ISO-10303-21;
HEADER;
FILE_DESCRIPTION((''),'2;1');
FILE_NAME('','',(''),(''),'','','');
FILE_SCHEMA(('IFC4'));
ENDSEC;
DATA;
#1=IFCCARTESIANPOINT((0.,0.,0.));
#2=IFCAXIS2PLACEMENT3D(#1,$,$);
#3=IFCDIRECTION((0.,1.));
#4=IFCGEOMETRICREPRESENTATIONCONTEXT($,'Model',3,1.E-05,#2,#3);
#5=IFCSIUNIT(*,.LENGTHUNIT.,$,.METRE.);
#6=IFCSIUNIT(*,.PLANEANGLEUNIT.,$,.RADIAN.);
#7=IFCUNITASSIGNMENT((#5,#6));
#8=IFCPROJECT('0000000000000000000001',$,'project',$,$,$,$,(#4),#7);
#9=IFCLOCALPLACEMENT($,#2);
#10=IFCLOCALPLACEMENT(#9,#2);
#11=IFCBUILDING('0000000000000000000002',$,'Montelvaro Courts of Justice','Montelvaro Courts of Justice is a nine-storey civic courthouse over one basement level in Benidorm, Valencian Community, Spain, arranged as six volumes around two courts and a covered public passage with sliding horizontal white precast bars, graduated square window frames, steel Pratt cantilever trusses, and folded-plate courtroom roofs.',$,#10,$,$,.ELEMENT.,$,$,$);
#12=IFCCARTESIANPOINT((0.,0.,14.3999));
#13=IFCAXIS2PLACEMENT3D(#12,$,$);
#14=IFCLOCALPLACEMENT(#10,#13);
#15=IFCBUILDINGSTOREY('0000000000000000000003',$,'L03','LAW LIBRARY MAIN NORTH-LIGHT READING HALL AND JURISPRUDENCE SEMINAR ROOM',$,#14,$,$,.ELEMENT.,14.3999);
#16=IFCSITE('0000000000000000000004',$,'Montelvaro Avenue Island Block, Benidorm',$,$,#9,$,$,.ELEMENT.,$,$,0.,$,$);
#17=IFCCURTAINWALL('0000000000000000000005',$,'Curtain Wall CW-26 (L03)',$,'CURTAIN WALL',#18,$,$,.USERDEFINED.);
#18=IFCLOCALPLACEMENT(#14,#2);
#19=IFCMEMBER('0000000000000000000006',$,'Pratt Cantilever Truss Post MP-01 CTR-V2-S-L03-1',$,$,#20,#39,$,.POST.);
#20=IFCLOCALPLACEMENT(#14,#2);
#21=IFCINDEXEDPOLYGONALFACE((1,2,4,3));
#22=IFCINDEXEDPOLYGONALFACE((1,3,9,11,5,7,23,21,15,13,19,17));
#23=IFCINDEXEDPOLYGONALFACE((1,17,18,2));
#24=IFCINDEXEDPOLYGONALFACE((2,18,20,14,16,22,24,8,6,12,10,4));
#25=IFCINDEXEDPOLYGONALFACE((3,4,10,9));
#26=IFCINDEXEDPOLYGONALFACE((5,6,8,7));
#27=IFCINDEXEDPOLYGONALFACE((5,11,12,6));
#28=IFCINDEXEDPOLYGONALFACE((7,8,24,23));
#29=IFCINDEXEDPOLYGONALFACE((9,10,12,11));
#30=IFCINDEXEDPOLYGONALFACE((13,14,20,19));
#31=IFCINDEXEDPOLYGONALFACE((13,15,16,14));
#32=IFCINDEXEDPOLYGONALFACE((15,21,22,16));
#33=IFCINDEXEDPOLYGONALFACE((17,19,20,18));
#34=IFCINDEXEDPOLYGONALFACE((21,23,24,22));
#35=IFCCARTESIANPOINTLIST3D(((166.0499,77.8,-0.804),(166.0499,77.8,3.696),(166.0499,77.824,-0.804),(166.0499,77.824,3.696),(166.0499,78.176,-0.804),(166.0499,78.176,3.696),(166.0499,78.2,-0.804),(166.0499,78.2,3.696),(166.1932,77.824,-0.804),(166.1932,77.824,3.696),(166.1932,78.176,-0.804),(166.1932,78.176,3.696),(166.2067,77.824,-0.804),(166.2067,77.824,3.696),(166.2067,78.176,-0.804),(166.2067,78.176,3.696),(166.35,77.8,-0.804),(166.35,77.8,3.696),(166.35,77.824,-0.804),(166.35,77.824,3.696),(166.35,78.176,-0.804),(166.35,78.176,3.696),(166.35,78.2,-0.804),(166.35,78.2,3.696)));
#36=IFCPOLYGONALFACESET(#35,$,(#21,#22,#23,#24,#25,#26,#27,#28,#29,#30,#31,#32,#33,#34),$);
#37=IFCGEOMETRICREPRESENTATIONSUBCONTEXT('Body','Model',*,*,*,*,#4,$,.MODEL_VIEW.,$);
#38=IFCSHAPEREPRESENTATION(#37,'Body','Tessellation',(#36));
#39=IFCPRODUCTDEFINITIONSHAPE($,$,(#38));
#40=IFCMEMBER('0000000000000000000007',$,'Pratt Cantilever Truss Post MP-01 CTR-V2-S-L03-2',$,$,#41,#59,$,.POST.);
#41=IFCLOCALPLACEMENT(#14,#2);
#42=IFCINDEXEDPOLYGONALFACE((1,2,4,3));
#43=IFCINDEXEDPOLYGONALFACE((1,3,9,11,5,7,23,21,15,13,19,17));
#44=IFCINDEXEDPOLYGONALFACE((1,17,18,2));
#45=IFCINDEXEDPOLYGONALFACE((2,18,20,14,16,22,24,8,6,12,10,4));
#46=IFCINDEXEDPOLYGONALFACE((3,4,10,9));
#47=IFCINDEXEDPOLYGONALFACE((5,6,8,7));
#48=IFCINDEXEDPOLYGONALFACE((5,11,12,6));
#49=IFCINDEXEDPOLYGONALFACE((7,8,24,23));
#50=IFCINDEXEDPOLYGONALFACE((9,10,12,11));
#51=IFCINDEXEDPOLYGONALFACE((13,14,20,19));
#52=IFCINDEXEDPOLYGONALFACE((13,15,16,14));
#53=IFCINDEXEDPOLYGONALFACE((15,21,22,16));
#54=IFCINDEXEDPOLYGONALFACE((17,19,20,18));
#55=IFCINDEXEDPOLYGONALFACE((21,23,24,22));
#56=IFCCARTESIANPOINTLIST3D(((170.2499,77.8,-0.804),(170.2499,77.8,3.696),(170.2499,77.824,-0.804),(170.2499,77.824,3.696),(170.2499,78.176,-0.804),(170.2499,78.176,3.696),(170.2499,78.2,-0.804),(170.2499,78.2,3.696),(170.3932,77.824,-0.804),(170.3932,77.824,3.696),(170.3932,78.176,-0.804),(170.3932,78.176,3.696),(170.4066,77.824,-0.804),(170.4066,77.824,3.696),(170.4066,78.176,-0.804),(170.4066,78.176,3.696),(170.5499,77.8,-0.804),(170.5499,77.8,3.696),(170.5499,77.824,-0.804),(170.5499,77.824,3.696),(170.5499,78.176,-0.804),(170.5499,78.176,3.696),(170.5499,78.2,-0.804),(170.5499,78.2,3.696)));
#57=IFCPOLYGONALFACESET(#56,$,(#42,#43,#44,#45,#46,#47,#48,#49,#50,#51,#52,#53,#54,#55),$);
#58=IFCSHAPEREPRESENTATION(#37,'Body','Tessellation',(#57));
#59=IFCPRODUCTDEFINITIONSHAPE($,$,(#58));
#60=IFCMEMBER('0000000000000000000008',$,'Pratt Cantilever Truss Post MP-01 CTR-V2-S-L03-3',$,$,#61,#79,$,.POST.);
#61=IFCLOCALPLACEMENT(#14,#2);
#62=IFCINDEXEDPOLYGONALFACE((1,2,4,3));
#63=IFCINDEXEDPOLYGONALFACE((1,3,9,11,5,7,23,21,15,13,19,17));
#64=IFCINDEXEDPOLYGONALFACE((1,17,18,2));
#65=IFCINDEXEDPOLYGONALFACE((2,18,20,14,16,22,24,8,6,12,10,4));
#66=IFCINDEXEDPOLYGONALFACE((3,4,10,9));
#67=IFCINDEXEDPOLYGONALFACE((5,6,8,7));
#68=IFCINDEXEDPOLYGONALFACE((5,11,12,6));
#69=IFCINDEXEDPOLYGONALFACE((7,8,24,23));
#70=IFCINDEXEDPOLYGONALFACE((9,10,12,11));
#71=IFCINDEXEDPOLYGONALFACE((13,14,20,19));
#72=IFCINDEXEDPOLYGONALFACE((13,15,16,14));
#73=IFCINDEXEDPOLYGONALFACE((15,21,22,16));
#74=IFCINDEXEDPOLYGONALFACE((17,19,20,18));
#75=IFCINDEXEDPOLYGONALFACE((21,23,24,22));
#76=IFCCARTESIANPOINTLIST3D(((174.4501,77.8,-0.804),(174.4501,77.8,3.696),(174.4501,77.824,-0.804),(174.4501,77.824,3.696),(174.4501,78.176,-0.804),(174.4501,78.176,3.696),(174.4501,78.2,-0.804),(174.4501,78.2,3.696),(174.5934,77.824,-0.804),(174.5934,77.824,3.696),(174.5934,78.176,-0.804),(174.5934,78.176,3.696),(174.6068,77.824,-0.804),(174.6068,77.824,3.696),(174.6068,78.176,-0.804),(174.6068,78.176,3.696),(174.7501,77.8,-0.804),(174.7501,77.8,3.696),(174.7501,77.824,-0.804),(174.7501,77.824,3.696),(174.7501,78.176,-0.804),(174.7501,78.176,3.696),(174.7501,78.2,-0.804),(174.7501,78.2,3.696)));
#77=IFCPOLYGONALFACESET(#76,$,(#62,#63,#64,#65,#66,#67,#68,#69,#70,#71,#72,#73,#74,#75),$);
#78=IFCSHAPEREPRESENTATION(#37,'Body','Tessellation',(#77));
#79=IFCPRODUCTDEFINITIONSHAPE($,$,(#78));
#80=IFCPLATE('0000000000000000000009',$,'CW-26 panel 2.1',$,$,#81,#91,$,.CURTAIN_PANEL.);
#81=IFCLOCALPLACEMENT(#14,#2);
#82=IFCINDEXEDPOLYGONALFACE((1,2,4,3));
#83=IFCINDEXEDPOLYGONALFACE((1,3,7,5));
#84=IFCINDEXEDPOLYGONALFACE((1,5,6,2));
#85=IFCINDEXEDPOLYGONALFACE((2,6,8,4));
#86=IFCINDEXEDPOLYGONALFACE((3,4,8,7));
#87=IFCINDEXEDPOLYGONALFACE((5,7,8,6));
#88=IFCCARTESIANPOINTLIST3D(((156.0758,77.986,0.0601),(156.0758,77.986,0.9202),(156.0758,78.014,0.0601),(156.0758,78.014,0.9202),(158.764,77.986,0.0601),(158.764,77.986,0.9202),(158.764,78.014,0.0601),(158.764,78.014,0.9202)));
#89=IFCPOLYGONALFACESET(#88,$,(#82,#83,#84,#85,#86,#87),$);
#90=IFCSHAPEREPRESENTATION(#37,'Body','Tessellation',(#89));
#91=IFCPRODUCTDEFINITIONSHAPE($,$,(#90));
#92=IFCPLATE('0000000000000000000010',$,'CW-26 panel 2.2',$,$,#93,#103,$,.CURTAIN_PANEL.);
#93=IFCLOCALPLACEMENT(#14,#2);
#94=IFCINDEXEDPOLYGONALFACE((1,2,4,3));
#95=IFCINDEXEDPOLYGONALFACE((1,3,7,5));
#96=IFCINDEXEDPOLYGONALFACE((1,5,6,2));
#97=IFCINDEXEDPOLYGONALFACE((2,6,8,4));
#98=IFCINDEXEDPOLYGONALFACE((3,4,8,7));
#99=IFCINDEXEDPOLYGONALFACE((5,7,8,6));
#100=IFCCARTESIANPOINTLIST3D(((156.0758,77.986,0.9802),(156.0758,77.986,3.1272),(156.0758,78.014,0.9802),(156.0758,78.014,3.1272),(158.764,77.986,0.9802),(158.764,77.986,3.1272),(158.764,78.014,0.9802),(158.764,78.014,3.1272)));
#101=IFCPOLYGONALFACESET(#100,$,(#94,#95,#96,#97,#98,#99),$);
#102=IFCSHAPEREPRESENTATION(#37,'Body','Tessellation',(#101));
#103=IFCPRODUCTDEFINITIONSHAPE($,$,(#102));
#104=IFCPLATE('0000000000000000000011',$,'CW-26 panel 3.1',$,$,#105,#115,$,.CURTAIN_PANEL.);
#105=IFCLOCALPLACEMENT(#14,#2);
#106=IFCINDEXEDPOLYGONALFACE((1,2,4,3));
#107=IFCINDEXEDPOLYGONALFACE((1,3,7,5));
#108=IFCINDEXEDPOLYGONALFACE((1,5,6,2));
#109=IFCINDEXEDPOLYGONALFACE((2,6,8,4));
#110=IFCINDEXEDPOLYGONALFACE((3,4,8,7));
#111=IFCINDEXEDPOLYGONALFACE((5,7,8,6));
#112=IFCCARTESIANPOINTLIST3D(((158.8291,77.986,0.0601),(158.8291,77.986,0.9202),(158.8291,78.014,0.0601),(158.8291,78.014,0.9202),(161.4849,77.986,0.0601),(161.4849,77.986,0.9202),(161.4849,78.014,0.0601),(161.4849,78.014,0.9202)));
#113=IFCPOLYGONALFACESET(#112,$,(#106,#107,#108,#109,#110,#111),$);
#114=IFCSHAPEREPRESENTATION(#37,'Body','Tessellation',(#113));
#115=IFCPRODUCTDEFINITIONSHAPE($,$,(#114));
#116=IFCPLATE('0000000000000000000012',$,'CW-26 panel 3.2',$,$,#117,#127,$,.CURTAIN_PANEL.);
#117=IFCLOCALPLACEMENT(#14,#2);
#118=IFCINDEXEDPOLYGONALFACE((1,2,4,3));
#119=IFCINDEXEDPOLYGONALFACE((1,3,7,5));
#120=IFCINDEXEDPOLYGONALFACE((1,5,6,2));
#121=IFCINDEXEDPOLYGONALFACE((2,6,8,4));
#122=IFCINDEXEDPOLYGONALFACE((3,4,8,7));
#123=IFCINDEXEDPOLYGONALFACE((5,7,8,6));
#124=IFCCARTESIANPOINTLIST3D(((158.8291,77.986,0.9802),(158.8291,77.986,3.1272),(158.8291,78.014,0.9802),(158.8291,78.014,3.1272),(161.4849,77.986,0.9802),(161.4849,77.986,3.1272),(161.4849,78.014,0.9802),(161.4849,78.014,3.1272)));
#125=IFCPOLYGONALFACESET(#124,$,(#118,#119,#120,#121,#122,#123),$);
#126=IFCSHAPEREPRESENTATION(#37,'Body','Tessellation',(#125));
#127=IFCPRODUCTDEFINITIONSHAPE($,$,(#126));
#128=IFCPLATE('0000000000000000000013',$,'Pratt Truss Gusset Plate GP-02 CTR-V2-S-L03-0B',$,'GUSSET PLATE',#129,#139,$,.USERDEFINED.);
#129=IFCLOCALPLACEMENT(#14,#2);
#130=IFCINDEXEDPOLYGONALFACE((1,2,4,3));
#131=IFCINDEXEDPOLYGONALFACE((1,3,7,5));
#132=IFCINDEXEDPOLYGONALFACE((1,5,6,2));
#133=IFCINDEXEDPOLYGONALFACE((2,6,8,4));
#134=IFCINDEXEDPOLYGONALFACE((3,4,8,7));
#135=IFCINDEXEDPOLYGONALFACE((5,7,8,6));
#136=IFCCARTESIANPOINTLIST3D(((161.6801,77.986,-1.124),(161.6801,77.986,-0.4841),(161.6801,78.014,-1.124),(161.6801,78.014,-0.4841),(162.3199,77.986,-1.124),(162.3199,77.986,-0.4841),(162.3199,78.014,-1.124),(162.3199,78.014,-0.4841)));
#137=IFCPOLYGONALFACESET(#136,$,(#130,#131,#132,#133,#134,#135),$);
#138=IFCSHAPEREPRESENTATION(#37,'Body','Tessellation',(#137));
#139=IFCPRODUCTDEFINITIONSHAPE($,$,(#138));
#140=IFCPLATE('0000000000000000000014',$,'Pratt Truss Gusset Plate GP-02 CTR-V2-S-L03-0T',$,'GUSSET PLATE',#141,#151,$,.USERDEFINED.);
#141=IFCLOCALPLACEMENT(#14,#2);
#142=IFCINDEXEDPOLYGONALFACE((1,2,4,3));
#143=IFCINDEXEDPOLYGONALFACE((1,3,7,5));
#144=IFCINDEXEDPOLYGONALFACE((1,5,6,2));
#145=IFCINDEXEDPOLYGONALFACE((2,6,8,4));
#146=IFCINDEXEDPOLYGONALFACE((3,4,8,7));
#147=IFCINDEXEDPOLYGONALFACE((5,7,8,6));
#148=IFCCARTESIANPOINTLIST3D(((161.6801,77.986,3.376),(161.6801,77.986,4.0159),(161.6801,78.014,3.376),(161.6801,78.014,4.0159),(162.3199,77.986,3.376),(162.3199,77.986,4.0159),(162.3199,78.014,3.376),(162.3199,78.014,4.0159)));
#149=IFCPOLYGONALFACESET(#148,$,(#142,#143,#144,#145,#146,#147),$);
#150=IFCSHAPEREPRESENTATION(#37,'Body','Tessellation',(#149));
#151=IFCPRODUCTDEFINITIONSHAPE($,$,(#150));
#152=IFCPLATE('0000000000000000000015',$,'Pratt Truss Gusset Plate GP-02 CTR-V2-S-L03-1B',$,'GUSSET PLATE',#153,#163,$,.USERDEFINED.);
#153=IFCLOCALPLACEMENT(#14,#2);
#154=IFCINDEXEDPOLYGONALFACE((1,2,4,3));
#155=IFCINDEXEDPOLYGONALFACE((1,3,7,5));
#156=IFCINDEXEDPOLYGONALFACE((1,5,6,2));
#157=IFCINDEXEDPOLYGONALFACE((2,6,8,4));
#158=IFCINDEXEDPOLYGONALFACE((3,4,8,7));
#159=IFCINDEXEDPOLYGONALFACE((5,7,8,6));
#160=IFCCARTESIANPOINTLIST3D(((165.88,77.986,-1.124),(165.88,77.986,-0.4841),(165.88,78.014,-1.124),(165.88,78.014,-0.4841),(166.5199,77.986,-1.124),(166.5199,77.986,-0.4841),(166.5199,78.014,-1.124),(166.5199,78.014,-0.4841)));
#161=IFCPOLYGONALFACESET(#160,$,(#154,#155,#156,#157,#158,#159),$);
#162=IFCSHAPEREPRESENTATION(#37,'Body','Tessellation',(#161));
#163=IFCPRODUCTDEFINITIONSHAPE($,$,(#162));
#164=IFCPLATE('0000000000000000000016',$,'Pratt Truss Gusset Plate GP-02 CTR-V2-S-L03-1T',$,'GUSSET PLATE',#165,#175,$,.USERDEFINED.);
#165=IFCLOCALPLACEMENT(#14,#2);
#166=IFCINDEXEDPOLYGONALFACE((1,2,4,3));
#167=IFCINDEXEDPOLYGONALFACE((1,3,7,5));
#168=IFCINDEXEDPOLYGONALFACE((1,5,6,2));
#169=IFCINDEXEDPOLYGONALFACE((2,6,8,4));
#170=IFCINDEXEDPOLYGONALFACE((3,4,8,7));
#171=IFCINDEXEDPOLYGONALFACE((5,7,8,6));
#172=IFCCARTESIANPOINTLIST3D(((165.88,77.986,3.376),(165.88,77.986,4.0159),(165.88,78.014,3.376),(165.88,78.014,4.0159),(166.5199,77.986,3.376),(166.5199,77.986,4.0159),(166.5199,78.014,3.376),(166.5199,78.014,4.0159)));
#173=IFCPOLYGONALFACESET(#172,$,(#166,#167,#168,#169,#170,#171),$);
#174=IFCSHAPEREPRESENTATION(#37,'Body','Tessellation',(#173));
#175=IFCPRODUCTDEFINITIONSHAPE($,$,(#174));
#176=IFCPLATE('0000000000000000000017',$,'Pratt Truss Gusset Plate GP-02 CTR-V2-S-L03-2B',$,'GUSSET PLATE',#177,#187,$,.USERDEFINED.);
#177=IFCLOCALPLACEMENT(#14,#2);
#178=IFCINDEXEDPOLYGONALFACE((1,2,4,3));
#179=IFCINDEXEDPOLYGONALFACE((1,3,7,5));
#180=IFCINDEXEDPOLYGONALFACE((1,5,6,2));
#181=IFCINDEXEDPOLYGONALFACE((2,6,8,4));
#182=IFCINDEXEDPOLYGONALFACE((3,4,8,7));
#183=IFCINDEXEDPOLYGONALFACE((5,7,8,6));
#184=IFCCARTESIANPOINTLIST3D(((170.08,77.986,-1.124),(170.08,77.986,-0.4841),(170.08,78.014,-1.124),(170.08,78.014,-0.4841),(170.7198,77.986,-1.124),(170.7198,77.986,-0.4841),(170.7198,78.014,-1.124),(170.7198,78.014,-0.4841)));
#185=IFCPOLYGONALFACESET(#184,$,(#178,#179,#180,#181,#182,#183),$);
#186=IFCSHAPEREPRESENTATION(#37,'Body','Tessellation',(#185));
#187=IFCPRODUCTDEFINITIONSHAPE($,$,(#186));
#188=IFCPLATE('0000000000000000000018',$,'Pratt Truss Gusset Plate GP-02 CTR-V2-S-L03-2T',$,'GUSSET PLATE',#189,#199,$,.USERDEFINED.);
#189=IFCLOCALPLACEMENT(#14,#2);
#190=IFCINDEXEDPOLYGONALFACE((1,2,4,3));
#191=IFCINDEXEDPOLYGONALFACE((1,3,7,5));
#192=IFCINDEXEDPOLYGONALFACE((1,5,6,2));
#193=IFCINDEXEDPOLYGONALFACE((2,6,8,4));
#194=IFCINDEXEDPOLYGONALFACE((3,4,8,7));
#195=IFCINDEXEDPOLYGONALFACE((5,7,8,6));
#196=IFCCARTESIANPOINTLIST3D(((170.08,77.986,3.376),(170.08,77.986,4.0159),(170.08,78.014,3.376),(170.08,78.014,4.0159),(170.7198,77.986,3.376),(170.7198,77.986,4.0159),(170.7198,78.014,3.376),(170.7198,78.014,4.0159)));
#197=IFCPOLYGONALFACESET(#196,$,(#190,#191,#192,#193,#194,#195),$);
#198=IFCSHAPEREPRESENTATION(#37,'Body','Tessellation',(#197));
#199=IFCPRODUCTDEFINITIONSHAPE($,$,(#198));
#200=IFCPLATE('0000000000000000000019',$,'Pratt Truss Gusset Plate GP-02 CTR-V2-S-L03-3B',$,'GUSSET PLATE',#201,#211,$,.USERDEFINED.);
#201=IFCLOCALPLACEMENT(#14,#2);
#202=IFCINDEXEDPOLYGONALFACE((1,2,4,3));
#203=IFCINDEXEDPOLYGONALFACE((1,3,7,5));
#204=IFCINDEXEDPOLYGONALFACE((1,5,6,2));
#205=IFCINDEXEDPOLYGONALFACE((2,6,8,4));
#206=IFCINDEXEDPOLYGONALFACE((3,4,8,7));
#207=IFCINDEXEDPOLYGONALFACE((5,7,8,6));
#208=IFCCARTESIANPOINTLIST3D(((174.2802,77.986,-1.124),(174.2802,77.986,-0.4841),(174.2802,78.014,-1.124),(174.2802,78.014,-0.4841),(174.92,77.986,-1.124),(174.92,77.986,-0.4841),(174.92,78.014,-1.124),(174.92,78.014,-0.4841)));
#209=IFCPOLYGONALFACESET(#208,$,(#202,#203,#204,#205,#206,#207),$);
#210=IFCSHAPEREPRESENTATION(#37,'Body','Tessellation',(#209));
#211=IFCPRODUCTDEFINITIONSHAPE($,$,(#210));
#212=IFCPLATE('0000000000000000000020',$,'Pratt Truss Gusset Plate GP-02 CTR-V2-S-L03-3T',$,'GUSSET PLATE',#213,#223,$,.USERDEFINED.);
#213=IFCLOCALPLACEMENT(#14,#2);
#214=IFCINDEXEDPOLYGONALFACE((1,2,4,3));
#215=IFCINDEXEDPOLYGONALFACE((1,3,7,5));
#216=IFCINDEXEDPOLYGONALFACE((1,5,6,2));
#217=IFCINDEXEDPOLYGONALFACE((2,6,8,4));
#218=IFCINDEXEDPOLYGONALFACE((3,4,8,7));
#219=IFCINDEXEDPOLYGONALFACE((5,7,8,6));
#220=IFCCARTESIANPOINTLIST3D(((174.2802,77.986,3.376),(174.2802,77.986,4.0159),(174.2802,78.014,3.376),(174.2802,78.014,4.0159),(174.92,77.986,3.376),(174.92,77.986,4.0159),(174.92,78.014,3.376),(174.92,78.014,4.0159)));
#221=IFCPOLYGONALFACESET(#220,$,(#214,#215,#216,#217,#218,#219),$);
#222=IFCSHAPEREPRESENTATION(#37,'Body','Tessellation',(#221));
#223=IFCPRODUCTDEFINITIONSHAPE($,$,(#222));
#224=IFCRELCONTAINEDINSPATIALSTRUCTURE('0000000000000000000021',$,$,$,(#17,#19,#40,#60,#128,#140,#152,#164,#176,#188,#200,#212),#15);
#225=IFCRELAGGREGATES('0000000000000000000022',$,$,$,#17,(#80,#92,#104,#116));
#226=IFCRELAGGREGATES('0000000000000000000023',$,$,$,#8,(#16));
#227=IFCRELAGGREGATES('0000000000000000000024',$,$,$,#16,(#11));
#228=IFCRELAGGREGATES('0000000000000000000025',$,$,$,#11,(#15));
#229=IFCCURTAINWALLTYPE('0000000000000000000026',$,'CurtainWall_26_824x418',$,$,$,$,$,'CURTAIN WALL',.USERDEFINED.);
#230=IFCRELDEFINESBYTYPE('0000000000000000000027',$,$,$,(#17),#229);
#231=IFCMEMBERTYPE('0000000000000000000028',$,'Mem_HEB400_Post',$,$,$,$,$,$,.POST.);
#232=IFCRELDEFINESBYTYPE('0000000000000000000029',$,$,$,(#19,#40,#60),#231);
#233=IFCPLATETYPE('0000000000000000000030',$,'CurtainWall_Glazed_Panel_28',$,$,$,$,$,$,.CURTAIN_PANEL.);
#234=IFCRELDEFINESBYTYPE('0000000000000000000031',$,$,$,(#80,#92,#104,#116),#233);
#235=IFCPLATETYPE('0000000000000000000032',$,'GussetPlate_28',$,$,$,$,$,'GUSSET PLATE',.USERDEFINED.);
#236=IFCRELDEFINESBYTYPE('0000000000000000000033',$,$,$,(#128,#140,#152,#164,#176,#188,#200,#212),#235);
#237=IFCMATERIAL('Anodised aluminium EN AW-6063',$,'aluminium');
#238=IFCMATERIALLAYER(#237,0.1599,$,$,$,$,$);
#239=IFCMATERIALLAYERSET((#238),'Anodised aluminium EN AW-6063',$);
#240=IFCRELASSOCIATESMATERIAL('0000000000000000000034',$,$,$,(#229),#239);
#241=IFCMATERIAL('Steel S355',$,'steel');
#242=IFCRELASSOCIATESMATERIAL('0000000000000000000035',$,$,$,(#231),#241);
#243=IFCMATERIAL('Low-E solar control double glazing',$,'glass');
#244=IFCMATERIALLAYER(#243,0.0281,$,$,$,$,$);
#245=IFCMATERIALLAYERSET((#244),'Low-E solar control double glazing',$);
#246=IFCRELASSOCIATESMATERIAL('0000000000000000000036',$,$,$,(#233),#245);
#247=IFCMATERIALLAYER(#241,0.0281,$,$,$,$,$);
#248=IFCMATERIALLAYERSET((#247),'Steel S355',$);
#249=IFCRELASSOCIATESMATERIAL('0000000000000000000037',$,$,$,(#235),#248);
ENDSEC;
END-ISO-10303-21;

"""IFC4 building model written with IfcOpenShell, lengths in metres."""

from ifc_helpers import new_model, si_unit, direction, frame, origin, origin_2d, place, context, subcontext, project, spatial, rectangle, i_section, extrude, material, layer, layer_set, material_profile, profile_set, type_object, element, aggregate, save


model = new_model("IFC4")

# Units and contexts
model_context = context("Model", 3, precision=1e-05, world=origin(), true_north=direction((0.0, 1.0)))
body_context = subcontext(model_context, "Body", "Model", "MODEL_VIEW")
ifc_project = project(units=[si_unit("LENGTHUNIT", "METRE"), si_unit("PLANEANGLEUNIT", "RADIAN")], contexts=[model_context])

# Site, building, storey
site_placement = place(None, origin())
site = spatial("IfcSite", under=ifc_project, at=site_placement, Name="Montelvaro Avenue Island Block, Benidorm", CompositionType="ELEMENT", RefElevation=0.0)
building_placement = place(site_placement, origin())
building = spatial("IfcBuilding", under=site, at=building_placement, Name="Montelvaro Courts of Justice", Description="Montelvaro Courts of Justice is a nine-storey civic courthouse over one basement level in Benidorm, Valencian Community, Spain, arranged as six volumes around two courts and a covered public passage with sliding horizontal white precast bars, graduated square window frames, steel Pratt cantilever trusses, and folded-plate courtroom roofs.", CompositionType="ELEMENT")
storey_placement = place(building_placement, frame((0.0, 0.0, 14.3999)))
storey = spatial("IfcBuildingStorey", under=building, at=storey_placement, Name="L03", Description="LAW LIBRARY MAIN NORTH-LIGHT READING HALL AND JURISPRUDENCE SEMINAR ROOM", CompositionType="ELEMENT", Elevation=14.3999)

# Shared definitions
ifc_material_1 = material(Name="Steel S355", Category="steel")

# Curtain wall
ifc_material_2 = material(Name="Anodised aluminium EN AW-6063", Category="aluminium")
ifc_layer_1 = layer(ifc_material_2, 0.1599)
ifc_layer_set_1 = layer_set([ifc_layer_1], Name="Anodised aluminium EN AW-6063")
curtain_wall_type = type_object("IfcCurtainWallType", Name="CurtainWall_26_824x418", ElementType="CURTAIN WALL", PredefinedType="USERDEFINED", material=ifc_layer_set_1)
curtain_wall_placement = place(storey_placement, origin())
curtain_wall = element("IfcCurtainWall", 1, at=curtain_wall_placement, inside=storey, type_object=curtain_wall_type, Name="Curtain Wall CW-26 (L03)", ObjectType="CURTAIN WALL", PredefinedType="USERDEFINED")

# Members
ifc_material_profile_1 = material_profile(ifc_material_1, i_section(OverallWidth=0.3, OverallDepth=0.3999, WebThickness=0.0134, FlangeThickness=0.0239, at=origin_2d()), Name="HEB 400")
ifc_profile_set_1 = profile_set([ifc_material_profile_1], Name="Steel S355")
member_type_1 = type_object("IfcMemberType", Name="Mem_HEB400_Post", PredefinedType="POST", material=ifc_profile_set_1)
for number, where, z_axis, x_axis, name in (
    (2, (166.2, 78.0, -0.804), (0.0, 0.0, 1.0), (1.0, 0.0, 0.0), "Pratt Cantilever Truss Post MP-01 CTR-V2-S-L03-1"),
    (3, (170.3999, 78.0, -0.804), (0.0, 0.0, 1.0), (1.0, 0.0, 0.0), "Pratt Cantilever Truss Post MP-01 CTR-V2-S-L03-2"),
    (4, (174.6001, 78.0, -0.804), (0.0, 0.0, 1.0), (1.0, 0.0, 0.0), "Pratt Cantilever Truss Post MP-01 CTR-V2-S-L03-3"),
):
    element("IfcMember", number, at=place(storey_placement, frame(where, z_axis=z_axis, x_axis=x_axis)), inside=storey, type_object=member_type_1, Name=name, PredefinedType="POST", context=body_context, shape_type="SweptSolid", body=[
        extrude(i_section(OverallWidth=0.3, OverallDepth=0.3999, WebThickness=0.0134, FlangeThickness=0.0239, at=origin_2d()), origin(), (0.0, 0.0, 1.0), 4.5),
    ])

# Plates
ifc_material_3 = material(Name="Low-E solar control double glazing", Category="glass")
ifc_layer_2 = layer(ifc_material_3, 0.0281)
ifc_layer_set_2 = layer_set([ifc_layer_2], Name="Low-E solar control double glazing")
plate_type_1 = type_object("IfcPlateType", Name="CurtainWall_Glazed_Panel_28", PredefinedType="CURTAIN_PANEL", material=ifc_layer_set_2)
plate_1_placement = place(storey_placement, frame((157.4199, 78.0, 0.0601), z_axis=(0.0, 0.0, 1.0), x_axis=(1.0, 0.0, 0.0)))
plate_1 = element("IfcPlate", 5, at=plate_1_placement, type_object=plate_type_1, Name="CW-26 panel 2.1", PredefinedType="CURTAIN_PANEL", context=body_context, shape_type="SweptSolid", body=[
    extrude(rectangle(XDim=2.6882, YDim=0.0281, at=origin_2d()), origin(), (0.0, 0.0, 1.0), 0.8601),
])
plate_2_placement = place(storey_placement, frame((157.4199, 78.0, 0.9802), z_axis=(0.0, 0.0, 1.0), x_axis=(1.0, 0.0, 0.0)))
plate_2 = element("IfcPlate", 6, at=plate_2_placement, type_object=plate_type_1, Name="CW-26 panel 2.2", PredefinedType="CURTAIN_PANEL", context=body_context, shape_type="SweptSolid", body=[
    extrude(rectangle(XDim=2.6882, YDim=0.0281, at=origin_2d()), origin(), (0.0, 0.0, 1.0), 2.147),
])
plate_3_placement = place(storey_placement, frame((160.157, 78.0, 0.0601), z_axis=(0.0, 0.0, 1.0), x_axis=(1.0, 0.0, 0.0)))
plate_3 = element("IfcPlate", 7, at=plate_3_placement, type_object=plate_type_1, Name="CW-26 panel 3.1", PredefinedType="CURTAIN_PANEL", context=body_context, shape_type="SweptSolid", body=[
    extrude(rectangle(XDim=2.6558, YDim=0.0281, at=origin_2d()), origin(), (0.0, 0.0, 1.0), 0.8601),
])
plate_4_placement = place(storey_placement, frame((160.157, 78.0, 0.9802), z_axis=(0.0, 0.0, 1.0), x_axis=(1.0, 0.0, 0.0)))
plate_4 = element("IfcPlate", 8, at=plate_4_placement, type_object=plate_type_1, Name="CW-26 panel 3.2", PredefinedType="CURTAIN_PANEL", context=body_context, shape_type="SweptSolid", body=[
    extrude(rectangle(XDim=2.6558, YDim=0.0281, at=origin_2d()), origin(), (0.0, 0.0, 1.0), 2.147),
])
aggregate(curtain_wall, [plate_1, plate_2, plate_3, plate_4])

# Plates
ifc_layer_3 = layer(ifc_material_1, 0.0281)
ifc_layer_set_3 = layer_set([ifc_layer_3], Name="Steel S355")
plate_type_2 = type_object("IfcPlateType", Name="GussetPlate_28", ElementType="GUSSET PLATE", PredefinedType="USERDEFINED", material=ifc_layer_set_3)
for number, where, z_axis, x_axis, name in (
    (9, (162.0, 78.0, -1.124), (0.0, 0.0, 1.0), (1.0, 0.0, 0.0), "Pratt Truss Gusset Plate GP-02 CTR-V2-S-L03-0B"),
    (10, (162.0, 78.0, 3.376), (0.0, 0.0, 1.0), (1.0, 0.0, 0.0), "Pratt Truss Gusset Plate GP-02 CTR-V2-S-L03-0T"),
    (11, (166.2, 78.0, -1.124), (0.0, 0.0, 1.0), (1.0, 0.0, 0.0), "Pratt Truss Gusset Plate GP-02 CTR-V2-S-L03-1B"),
    (12, (166.2, 78.0, 3.376), (0.0, 0.0, 1.0), (1.0, 0.0, 0.0), "Pratt Truss Gusset Plate GP-02 CTR-V2-S-L03-1T"),
    (13, (170.3999, 78.0, -1.124), (0.0, 0.0, 1.0), (1.0, 0.0, 0.0), "Pratt Truss Gusset Plate GP-02 CTR-V2-S-L03-2B"),
    (14, (170.3999, 78.0, 3.376), (0.0, 0.0, 1.0), (1.0, 0.0, 0.0), "Pratt Truss Gusset Plate GP-02 CTR-V2-S-L03-2T"),
    (15, (174.6001, 78.0, -1.124), (0.0, 0.0, 1.0), (1.0, 0.0, 0.0), "Pratt Truss Gusset Plate GP-02 CTR-V2-S-L03-3B"),
    (16, (174.6001, 78.0, 3.376), (0.0, 0.0, 1.0), (1.0, 0.0, 0.0), "Pratt Truss Gusset Plate GP-02 CTR-V2-S-L03-3T"),
):
    element("IfcPlate", number, at=place(storey_placement, frame(where, z_axis=z_axis, x_axis=x_axis)), inside=storey, type_object=plate_type_2, Name=name, ObjectType="GUSSET PLATE", PredefinedType="USERDEFINED", context=body_context, shape_type="SweptSolid", body=[
        extrude(rectangle(XDim=0.6399, YDim=0.0281, at=origin_2d()), origin(), (0.0, 0.0, 1.0), 0.6399),
    ])

save(model, "model.ifc")
